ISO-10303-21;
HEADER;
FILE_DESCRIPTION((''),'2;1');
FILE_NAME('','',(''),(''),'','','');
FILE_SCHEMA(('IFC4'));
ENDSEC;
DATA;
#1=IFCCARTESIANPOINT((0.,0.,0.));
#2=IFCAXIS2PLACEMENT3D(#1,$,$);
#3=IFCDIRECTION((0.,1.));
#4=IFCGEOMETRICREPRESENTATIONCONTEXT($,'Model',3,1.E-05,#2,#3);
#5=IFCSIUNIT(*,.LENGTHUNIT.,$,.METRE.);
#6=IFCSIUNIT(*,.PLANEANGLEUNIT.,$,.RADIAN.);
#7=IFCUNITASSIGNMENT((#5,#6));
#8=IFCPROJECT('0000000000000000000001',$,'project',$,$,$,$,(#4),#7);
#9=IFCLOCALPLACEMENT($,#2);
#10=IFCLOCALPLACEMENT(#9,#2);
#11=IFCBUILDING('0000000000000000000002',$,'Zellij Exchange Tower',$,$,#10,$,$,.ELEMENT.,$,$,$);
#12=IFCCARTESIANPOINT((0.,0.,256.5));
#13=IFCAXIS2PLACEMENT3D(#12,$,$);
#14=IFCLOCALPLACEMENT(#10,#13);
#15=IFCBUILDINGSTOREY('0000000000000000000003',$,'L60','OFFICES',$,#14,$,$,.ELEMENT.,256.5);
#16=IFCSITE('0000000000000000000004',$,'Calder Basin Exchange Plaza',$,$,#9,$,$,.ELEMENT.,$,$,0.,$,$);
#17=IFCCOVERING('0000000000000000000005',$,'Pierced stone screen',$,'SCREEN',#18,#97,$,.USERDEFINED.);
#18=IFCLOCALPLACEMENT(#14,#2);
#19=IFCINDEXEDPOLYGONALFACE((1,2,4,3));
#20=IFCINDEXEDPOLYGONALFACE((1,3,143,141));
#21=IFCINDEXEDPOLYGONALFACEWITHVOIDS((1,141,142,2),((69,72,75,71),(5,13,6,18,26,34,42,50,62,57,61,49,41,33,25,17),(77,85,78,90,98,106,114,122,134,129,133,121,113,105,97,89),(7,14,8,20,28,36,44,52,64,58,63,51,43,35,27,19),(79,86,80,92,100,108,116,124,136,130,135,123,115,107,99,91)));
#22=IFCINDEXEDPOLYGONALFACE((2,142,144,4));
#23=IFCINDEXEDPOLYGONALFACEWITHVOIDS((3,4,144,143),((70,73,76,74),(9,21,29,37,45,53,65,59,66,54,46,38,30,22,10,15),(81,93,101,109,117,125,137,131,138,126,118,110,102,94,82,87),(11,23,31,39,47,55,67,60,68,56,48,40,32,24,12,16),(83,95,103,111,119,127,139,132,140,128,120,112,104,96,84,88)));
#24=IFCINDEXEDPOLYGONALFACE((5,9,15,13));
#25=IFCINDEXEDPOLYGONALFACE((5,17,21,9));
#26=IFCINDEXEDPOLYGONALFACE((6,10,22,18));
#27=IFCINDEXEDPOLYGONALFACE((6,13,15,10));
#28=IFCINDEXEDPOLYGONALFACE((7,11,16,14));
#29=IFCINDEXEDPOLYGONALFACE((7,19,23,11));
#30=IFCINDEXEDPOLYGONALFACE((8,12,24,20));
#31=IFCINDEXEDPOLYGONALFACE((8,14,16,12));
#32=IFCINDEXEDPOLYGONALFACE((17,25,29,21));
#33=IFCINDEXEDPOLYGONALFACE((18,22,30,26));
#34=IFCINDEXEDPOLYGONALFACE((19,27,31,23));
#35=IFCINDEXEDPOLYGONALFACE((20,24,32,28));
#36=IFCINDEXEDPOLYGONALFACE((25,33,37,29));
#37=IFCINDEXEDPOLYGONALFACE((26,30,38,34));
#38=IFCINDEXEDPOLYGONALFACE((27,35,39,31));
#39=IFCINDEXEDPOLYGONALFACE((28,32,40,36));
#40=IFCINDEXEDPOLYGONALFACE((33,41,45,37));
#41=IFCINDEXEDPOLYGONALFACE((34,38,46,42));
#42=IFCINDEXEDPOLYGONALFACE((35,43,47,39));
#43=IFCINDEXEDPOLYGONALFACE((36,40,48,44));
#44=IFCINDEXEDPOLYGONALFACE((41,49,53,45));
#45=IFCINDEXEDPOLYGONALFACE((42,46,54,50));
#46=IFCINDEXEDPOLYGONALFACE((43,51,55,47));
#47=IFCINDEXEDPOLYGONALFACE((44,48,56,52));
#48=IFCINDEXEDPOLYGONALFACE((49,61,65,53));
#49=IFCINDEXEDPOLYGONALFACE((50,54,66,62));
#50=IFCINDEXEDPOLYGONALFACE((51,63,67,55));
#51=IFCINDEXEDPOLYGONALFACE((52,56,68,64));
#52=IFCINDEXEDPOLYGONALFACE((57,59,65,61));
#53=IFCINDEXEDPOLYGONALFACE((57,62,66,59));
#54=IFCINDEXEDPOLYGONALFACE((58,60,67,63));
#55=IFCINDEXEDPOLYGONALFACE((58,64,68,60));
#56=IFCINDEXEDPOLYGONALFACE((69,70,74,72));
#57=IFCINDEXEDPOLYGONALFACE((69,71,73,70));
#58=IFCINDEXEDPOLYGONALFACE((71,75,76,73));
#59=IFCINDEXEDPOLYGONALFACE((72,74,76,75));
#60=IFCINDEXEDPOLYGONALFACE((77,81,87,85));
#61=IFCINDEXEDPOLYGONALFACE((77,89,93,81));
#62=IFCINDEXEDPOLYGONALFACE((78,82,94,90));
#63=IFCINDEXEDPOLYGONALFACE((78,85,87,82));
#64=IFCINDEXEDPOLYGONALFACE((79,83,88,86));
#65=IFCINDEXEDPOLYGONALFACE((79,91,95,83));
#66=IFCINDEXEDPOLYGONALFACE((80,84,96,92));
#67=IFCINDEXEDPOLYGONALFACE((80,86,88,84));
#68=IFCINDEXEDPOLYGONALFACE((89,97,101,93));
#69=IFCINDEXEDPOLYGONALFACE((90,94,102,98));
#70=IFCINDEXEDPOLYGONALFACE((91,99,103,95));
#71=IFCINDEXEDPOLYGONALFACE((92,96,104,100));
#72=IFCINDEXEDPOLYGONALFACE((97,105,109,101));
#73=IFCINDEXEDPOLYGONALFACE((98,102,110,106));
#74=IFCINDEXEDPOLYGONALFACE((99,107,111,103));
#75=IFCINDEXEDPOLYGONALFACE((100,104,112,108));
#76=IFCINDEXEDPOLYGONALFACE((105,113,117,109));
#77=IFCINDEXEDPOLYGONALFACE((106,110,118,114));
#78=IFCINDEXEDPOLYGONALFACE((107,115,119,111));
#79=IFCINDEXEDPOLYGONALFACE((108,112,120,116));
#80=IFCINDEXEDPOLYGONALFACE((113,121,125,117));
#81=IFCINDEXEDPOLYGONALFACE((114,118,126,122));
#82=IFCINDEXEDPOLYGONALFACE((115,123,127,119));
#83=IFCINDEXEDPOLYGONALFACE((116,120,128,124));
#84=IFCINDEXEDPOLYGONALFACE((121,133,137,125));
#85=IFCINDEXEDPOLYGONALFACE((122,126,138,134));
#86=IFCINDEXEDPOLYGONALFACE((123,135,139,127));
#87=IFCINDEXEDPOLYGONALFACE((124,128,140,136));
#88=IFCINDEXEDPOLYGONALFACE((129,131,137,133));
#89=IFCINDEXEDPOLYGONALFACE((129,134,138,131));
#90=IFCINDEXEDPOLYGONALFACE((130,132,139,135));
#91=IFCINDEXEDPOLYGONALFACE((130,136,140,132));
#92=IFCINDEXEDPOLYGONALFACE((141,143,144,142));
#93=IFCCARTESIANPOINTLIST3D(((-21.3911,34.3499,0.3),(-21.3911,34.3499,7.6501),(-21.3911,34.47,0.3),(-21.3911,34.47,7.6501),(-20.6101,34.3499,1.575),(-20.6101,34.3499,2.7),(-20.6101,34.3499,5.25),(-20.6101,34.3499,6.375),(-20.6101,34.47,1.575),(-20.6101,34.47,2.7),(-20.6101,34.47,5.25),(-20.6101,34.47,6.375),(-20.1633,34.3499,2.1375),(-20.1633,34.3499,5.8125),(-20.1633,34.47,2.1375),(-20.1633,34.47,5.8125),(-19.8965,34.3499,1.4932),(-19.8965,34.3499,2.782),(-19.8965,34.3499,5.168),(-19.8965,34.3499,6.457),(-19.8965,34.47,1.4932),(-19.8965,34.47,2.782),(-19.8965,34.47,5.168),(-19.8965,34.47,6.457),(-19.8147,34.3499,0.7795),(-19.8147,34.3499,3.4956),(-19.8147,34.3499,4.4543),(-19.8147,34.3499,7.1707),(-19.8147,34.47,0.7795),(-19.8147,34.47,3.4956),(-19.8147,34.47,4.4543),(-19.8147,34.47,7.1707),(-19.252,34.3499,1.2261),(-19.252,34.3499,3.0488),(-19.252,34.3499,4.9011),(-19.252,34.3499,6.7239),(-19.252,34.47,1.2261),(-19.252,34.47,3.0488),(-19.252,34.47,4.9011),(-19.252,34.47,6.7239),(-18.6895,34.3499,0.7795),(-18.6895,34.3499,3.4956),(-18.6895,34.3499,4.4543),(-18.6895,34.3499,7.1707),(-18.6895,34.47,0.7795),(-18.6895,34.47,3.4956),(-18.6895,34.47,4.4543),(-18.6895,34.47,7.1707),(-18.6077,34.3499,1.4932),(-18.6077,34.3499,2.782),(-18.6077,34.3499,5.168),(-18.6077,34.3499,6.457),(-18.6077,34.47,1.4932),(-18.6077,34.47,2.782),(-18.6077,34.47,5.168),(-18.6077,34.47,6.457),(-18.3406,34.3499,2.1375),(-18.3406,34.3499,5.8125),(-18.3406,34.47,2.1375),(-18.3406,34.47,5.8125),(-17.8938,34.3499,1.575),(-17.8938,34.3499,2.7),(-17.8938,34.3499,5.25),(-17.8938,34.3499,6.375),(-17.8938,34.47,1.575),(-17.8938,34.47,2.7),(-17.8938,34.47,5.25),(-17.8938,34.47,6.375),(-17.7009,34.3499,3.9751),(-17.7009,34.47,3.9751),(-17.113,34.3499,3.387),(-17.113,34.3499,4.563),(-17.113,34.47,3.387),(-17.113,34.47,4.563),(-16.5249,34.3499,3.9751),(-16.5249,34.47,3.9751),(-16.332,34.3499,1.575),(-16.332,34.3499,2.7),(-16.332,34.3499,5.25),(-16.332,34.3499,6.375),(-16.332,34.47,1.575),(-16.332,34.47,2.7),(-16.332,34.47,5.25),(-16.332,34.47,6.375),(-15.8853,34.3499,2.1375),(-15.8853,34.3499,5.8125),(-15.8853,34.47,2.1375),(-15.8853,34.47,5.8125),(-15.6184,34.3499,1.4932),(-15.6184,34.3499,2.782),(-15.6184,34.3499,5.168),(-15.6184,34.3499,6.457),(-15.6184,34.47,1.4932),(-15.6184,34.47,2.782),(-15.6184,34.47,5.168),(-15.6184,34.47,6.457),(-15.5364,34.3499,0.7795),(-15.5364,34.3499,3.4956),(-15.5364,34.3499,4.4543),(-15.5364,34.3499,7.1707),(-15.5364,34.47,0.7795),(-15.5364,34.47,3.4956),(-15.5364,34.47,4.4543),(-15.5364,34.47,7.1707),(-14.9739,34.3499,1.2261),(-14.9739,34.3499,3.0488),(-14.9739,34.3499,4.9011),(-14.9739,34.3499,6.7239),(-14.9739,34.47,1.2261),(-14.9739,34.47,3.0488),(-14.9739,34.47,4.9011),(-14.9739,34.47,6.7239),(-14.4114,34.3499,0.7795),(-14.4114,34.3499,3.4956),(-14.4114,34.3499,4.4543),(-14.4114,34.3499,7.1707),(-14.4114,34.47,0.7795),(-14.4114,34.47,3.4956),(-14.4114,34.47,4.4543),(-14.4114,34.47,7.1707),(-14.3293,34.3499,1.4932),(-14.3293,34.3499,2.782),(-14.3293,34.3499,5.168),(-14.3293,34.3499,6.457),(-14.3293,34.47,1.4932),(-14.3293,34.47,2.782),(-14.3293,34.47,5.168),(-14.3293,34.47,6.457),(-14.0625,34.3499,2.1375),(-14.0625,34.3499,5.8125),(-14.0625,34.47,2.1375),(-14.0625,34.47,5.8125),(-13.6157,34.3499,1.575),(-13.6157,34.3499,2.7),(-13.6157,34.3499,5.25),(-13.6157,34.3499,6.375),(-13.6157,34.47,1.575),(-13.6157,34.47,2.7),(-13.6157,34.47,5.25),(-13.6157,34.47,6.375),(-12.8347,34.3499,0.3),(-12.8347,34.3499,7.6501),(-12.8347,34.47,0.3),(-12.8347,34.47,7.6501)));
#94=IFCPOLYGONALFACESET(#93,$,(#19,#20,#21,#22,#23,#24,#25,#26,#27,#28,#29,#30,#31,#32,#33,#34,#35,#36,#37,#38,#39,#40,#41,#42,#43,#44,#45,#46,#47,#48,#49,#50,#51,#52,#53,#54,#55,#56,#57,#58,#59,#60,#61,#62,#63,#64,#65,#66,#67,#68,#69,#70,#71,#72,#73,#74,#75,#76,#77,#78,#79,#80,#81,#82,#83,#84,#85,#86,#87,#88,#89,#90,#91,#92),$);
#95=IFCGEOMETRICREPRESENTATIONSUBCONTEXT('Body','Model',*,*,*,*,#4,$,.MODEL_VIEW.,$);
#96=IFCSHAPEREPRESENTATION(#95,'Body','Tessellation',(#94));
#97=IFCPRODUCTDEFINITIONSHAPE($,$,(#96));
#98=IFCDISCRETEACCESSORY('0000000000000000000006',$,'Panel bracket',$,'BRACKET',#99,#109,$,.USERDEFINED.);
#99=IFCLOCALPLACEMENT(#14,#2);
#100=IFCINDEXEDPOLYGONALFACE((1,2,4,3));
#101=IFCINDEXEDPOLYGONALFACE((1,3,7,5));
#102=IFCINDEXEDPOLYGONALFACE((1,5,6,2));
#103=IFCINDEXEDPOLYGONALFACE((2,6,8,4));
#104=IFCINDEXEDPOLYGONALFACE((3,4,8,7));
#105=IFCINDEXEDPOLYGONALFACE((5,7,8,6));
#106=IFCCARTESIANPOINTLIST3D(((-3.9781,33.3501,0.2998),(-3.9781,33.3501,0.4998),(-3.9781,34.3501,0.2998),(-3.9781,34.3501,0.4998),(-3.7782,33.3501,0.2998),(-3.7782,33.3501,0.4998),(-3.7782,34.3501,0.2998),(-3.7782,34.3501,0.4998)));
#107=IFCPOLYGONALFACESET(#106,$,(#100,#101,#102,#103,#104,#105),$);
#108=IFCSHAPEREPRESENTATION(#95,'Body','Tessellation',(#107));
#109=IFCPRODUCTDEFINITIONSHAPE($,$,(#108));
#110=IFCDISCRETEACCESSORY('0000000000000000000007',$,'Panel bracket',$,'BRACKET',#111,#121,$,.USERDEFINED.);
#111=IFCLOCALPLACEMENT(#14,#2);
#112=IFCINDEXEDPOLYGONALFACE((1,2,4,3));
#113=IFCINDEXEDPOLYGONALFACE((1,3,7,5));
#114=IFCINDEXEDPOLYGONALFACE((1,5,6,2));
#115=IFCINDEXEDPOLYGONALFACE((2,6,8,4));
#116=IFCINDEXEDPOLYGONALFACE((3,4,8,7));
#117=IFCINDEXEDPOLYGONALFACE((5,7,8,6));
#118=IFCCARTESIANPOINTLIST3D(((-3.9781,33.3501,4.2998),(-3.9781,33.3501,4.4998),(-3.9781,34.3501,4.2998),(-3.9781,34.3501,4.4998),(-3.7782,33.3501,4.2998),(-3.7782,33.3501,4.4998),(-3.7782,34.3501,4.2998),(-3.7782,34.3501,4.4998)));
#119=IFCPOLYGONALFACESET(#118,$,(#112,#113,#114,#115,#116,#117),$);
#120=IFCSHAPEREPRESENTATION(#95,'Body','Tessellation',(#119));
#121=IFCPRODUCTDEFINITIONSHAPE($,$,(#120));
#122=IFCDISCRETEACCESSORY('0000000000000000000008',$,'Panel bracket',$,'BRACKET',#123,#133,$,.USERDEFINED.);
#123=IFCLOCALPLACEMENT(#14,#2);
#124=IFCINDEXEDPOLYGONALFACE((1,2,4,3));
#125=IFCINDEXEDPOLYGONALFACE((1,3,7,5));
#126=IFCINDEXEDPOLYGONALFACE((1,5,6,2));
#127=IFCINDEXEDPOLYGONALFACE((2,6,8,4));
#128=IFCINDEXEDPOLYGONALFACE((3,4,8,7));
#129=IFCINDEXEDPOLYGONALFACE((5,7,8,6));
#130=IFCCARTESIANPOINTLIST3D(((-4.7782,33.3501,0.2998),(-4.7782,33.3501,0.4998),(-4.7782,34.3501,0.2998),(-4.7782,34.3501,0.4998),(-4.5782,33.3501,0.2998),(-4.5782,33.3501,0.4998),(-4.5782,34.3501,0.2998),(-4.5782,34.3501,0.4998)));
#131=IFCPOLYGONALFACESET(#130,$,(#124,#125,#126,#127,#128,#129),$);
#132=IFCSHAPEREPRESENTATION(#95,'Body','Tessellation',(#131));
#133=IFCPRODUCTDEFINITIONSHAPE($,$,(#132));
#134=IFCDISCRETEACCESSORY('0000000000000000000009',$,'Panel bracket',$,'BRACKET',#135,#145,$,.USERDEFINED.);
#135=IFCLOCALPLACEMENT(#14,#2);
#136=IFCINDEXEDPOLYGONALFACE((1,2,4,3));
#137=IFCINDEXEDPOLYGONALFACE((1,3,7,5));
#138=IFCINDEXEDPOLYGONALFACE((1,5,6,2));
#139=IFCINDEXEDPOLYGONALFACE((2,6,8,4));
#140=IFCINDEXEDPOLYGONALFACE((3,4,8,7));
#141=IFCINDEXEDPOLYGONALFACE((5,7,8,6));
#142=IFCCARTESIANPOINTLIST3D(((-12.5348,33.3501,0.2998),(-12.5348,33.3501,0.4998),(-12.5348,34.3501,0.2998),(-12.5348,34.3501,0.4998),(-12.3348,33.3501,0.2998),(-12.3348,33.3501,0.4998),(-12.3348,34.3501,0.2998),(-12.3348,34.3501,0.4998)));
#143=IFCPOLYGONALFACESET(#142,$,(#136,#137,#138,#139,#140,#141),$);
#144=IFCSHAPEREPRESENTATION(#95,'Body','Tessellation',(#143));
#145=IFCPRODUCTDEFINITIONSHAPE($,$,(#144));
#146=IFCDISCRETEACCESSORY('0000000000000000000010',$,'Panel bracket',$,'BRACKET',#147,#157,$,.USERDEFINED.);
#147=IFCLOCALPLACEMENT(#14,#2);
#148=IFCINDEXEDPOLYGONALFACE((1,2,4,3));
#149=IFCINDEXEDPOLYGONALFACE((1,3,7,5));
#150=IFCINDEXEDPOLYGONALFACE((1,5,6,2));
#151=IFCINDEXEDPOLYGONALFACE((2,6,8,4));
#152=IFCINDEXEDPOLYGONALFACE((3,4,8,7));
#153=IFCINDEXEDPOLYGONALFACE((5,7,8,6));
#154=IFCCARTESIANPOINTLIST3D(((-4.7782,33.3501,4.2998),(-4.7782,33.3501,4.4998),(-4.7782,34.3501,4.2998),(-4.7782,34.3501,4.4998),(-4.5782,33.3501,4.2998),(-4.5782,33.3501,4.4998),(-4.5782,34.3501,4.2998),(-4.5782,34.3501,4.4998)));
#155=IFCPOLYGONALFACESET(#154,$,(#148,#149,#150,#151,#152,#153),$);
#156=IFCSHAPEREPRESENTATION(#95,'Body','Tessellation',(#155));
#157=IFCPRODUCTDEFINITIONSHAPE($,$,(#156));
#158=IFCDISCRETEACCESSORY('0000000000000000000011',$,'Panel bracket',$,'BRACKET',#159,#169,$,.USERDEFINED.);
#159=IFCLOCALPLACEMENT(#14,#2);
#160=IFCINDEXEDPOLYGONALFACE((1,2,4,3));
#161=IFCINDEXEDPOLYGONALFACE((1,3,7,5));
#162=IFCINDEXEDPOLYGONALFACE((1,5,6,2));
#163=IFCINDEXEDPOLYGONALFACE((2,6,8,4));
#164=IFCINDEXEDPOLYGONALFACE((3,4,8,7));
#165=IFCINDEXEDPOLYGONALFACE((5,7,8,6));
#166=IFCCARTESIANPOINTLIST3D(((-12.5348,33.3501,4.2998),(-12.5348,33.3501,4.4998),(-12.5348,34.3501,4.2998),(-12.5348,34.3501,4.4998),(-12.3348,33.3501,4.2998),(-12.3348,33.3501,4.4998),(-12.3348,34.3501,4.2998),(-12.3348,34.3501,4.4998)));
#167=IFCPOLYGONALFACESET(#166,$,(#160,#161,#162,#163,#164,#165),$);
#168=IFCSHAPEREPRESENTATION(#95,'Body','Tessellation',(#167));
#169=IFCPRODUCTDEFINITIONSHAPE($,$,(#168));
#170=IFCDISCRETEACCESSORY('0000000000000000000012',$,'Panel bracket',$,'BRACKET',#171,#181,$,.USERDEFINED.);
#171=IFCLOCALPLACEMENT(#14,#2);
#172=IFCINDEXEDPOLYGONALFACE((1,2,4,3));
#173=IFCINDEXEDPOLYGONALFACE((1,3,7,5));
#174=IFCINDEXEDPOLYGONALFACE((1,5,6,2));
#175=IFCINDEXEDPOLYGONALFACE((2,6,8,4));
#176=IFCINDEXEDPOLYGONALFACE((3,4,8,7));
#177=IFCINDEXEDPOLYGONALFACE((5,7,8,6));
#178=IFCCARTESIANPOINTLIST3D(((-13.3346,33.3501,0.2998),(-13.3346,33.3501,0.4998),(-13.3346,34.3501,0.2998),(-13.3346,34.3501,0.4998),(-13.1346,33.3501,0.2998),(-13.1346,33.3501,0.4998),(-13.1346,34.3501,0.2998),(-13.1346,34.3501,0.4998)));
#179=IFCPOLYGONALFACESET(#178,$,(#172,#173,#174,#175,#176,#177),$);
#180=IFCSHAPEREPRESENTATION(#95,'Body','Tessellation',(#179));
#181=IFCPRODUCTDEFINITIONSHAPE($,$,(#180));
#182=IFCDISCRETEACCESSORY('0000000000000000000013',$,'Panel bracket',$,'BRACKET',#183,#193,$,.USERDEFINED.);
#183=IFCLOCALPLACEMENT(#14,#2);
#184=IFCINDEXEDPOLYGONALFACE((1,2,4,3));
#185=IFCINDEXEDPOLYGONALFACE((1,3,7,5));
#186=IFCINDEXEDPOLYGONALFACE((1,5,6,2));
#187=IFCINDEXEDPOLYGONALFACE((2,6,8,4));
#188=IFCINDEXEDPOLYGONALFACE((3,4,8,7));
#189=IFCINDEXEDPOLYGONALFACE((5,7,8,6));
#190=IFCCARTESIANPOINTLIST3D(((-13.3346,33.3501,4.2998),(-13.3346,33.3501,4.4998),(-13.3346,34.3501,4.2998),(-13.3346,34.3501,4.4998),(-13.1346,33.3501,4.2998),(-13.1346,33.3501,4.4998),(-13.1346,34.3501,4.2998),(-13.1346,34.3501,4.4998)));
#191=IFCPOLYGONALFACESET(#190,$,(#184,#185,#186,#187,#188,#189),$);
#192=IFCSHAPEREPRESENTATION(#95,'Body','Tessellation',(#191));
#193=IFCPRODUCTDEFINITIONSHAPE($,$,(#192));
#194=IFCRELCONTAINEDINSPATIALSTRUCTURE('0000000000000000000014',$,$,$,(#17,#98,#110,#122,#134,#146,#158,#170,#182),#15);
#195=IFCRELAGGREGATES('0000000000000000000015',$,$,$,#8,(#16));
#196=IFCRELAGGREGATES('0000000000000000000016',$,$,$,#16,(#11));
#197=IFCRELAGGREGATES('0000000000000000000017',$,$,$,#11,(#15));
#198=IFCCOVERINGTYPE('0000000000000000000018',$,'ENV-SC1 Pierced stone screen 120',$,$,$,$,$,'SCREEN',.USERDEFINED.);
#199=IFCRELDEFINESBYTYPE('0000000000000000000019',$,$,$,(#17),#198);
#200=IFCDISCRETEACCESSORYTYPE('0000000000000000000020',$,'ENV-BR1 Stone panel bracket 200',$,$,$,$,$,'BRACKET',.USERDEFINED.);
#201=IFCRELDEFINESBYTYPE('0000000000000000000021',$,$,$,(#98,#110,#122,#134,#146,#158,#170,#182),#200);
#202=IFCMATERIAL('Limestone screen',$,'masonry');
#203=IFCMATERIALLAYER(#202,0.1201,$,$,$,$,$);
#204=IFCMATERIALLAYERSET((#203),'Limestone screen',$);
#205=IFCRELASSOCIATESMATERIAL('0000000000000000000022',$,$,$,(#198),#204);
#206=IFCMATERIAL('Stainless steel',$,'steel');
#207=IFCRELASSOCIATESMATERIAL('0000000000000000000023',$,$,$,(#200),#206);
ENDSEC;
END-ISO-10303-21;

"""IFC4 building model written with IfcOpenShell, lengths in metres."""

from ifc_helpers import new_model, si_unit, direction, frame, origin, origin_2d, place, context, subcontext, project, spatial, polyline, rectangle, outline, extrude, material, layer, layer_set, type_object, element, save


model = new_model("IFC4")

# Units and contexts
model_context = context("Model", 3, precision=1e-05, world=origin(), true_north=direction((0.0, 1.0)))
body_context = subcontext(model_context, "Body", "Model", "MODEL_VIEW")
ifc_project = project(units=[si_unit("LENGTHUNIT", "METRE"), si_unit("PLANEANGLEUNIT", "RADIAN")], contexts=[model_context])

# Site, building, storey
site_placement = place(None, origin())
site = spatial("IfcSite", under=ifc_project, at=site_placement, Name="Calder Basin Exchange Plaza", CompositionType="ELEMENT", RefElevation=0.0)
building_placement = place(site_placement, origin())
building = spatial("IfcBuilding", under=site, at=building_placement, Name="Zellij Exchange Tower", CompositionType="ELEMENT")
storey_placement = place(building_placement, frame((0.0, 0.0, 256.5)))
storey = spatial("IfcBuildingStorey", under=building, at=storey_placement, Name="L60", Description="OFFICES", CompositionType="ELEMENT", Elevation=256.5)

# Covering
ifc_material_1 = material(Name="Limestone screen", Category="masonry")
ifc_layer_1 = layer(ifc_material_1, 0.1201)
ifc_layer_set_1 = layer_set([ifc_layer_1], Name="Limestone screen")
covering_type = type_object("IfcCoveringType", Name="ENV-SC1 Pierced stone screen 120", ElementType="SCREEN", PredefinedType="USERDEFINED", material=ifc_layer_set_1)
covering_1_placement = place(storey_placement, frame((-12.8347, 34.4099, 0.3), z_axis=(0.0, 0.0, 1.0), x_axis=(-1.0, 0.0, 0.0)))
element("IfcCovering", 1, at=covering_1_placement, inside=storey, type_object=covering_type, Name="Pierced stone screen", ObjectType="SCREEN", PredefinedType="USERDEFINED", context=body_context, shape_type="SweptSolid", body=[
    extrude(outline(polyline([(0.0, 0.0), (8.5564, 0.0), (8.5564, 7.3501), (0.0, 7.3501), (0.0, 0.0)]), holes=[polyline([(3.4973, 2.3999), (2.7837, 2.4819), (2.7017, 3.1956), (2.1392, 2.7488), (1.5767, 3.1956), (1.4946, 2.4819), (0.781, 2.3999), (1.2278, 1.8374), (0.781, 1.2749), (1.4946, 1.1931), (1.5767, 0.4795), (2.1392, 0.926), (2.7017, 0.4795), (2.7837, 1.1931), (3.4973, 1.2749), (3.0505, 1.8374), (3.4973, 2.3999)]), polyline([(3.4973, 6.075), (2.7837, 6.157), (2.7017, 6.8706), (2.1392, 6.4238), (1.5767, 6.8706), (1.4946, 6.157), (0.781, 6.075), (1.2278, 5.5125), (0.781, 4.95), (1.4946, 4.8679), (1.5767, 4.1543), (2.1392, 4.6011), (2.7017, 4.1543), (2.7837, 4.8679), (3.4973, 4.95), (3.0505, 5.5125), (3.4973, 6.075)]), polyline([(7.7754, 2.3999), (7.0618, 2.4819), (6.98, 3.1956), (6.4172, 2.7488), (5.8547, 3.1956), (5.7729, 2.4819), (5.0591, 2.3999), (5.5059, 1.8374), (5.0591, 1.2749), (5.7729, 1.1931), (5.8547, 0.4795), (6.4172, 0.926), (6.98, 0.4795), (7.0618, 1.1931), (7.7754, 1.2749), (7.3286, 1.8374), (7.7754, 2.3999)]), polyline([(7.7754, 6.075), (7.0618, 6.157), (6.98, 6.8706), (6.4172, 6.4238), (5.8547, 6.8706), (5.7729, 6.157), (5.0591, 6.075), (5.5059, 5.5125), (5.0591, 4.95), (5.7729, 4.8679), (5.8547, 4.1543), (6.4172, 4.6011), (6.98, 4.1543), (7.0618, 4.8679), (7.7754, 4.95), (7.3286, 5.5125), (7.7754, 6.075)]), polyline([(4.8662, 3.675), (4.2783, 4.2629), (3.6902, 3.675), (4.2783, 3.0869), (4.8662, 3.675)])]), frame((0.0, 0.0601, 0.0), z_axis=(0.0, -1.0, 0.0), x_axis=(1.0, 0.0, 0.0)), (0.0, 0.0, 1.0), 0.1201),
])

# Discrete accessories
ifc_material_2 = material(Name="Stainless steel", Category="steel")
discrete_accessory_type = type_object("IfcDiscreteAccessoryType", Name="ENV-BR1 Stone panel bracket 200", ElementType="BRACKET", PredefinedType="USERDEFINED", material=ifc_material_2)
for number, where, z_axis, x_axis, name in (
    (2, (-3.8782, 33.8501, 0.2998), (0.0, 0.0, 1.0), (-1.0, 0.0, 0.0), "Panel bracket"),
    (3, (-3.8782, 33.8501, 4.2998), (0.0, 0.0, 1.0), (-1.0, 0.0, 0.0), "Panel bracket"),
    (4, (-4.6782, 33.8501, 0.2998), (0.0, 0.0, 1.0), (-1.0, 0.0, 0.0), "Panel bracket"),
    (5, (-12.4348, 33.8501, 0.2998), (0.0, 0.0, 1.0), (-1.0, 0.0, 0.0), "Panel bracket"),
    (6, (-4.6782, 33.8501, 4.2998), (0.0, 0.0, 1.0), (-1.0, 0.0, 0.0), "Panel bracket"),
    (7, (-12.4348, 33.8501, 4.2998), (0.0, 0.0, 1.0), (-1.0, 0.0, 0.0), "Panel bracket"),
    (8, (-13.2346, 33.8501, 0.2998), (0.0, 0.0, 1.0), (-1.0, 0.0, 0.0), "Panel bracket"),
    (9, (-13.2346, 33.8501, 4.2998), (0.0, 0.0, 1.0), (-1.0, 0.0, 0.0), "Panel bracket"),
):
    element("IfcDiscreteAccessory", number, at=place(storey_placement, frame(where, z_axis=z_axis, x_axis=x_axis)), inside=storey, type_object=discrete_accessory_type, Name=name, ObjectType="BRACKET", PredefinedType="USERDEFINED", context=body_context, shape_type="SweptSolid", body=[
        extrude(rectangle(XDim=0.2, YDim=1.0, at=origin_2d()), origin(), (0.0, 0.0, 1.0), 0.2),
    ])

save(model, "model.ifc")
